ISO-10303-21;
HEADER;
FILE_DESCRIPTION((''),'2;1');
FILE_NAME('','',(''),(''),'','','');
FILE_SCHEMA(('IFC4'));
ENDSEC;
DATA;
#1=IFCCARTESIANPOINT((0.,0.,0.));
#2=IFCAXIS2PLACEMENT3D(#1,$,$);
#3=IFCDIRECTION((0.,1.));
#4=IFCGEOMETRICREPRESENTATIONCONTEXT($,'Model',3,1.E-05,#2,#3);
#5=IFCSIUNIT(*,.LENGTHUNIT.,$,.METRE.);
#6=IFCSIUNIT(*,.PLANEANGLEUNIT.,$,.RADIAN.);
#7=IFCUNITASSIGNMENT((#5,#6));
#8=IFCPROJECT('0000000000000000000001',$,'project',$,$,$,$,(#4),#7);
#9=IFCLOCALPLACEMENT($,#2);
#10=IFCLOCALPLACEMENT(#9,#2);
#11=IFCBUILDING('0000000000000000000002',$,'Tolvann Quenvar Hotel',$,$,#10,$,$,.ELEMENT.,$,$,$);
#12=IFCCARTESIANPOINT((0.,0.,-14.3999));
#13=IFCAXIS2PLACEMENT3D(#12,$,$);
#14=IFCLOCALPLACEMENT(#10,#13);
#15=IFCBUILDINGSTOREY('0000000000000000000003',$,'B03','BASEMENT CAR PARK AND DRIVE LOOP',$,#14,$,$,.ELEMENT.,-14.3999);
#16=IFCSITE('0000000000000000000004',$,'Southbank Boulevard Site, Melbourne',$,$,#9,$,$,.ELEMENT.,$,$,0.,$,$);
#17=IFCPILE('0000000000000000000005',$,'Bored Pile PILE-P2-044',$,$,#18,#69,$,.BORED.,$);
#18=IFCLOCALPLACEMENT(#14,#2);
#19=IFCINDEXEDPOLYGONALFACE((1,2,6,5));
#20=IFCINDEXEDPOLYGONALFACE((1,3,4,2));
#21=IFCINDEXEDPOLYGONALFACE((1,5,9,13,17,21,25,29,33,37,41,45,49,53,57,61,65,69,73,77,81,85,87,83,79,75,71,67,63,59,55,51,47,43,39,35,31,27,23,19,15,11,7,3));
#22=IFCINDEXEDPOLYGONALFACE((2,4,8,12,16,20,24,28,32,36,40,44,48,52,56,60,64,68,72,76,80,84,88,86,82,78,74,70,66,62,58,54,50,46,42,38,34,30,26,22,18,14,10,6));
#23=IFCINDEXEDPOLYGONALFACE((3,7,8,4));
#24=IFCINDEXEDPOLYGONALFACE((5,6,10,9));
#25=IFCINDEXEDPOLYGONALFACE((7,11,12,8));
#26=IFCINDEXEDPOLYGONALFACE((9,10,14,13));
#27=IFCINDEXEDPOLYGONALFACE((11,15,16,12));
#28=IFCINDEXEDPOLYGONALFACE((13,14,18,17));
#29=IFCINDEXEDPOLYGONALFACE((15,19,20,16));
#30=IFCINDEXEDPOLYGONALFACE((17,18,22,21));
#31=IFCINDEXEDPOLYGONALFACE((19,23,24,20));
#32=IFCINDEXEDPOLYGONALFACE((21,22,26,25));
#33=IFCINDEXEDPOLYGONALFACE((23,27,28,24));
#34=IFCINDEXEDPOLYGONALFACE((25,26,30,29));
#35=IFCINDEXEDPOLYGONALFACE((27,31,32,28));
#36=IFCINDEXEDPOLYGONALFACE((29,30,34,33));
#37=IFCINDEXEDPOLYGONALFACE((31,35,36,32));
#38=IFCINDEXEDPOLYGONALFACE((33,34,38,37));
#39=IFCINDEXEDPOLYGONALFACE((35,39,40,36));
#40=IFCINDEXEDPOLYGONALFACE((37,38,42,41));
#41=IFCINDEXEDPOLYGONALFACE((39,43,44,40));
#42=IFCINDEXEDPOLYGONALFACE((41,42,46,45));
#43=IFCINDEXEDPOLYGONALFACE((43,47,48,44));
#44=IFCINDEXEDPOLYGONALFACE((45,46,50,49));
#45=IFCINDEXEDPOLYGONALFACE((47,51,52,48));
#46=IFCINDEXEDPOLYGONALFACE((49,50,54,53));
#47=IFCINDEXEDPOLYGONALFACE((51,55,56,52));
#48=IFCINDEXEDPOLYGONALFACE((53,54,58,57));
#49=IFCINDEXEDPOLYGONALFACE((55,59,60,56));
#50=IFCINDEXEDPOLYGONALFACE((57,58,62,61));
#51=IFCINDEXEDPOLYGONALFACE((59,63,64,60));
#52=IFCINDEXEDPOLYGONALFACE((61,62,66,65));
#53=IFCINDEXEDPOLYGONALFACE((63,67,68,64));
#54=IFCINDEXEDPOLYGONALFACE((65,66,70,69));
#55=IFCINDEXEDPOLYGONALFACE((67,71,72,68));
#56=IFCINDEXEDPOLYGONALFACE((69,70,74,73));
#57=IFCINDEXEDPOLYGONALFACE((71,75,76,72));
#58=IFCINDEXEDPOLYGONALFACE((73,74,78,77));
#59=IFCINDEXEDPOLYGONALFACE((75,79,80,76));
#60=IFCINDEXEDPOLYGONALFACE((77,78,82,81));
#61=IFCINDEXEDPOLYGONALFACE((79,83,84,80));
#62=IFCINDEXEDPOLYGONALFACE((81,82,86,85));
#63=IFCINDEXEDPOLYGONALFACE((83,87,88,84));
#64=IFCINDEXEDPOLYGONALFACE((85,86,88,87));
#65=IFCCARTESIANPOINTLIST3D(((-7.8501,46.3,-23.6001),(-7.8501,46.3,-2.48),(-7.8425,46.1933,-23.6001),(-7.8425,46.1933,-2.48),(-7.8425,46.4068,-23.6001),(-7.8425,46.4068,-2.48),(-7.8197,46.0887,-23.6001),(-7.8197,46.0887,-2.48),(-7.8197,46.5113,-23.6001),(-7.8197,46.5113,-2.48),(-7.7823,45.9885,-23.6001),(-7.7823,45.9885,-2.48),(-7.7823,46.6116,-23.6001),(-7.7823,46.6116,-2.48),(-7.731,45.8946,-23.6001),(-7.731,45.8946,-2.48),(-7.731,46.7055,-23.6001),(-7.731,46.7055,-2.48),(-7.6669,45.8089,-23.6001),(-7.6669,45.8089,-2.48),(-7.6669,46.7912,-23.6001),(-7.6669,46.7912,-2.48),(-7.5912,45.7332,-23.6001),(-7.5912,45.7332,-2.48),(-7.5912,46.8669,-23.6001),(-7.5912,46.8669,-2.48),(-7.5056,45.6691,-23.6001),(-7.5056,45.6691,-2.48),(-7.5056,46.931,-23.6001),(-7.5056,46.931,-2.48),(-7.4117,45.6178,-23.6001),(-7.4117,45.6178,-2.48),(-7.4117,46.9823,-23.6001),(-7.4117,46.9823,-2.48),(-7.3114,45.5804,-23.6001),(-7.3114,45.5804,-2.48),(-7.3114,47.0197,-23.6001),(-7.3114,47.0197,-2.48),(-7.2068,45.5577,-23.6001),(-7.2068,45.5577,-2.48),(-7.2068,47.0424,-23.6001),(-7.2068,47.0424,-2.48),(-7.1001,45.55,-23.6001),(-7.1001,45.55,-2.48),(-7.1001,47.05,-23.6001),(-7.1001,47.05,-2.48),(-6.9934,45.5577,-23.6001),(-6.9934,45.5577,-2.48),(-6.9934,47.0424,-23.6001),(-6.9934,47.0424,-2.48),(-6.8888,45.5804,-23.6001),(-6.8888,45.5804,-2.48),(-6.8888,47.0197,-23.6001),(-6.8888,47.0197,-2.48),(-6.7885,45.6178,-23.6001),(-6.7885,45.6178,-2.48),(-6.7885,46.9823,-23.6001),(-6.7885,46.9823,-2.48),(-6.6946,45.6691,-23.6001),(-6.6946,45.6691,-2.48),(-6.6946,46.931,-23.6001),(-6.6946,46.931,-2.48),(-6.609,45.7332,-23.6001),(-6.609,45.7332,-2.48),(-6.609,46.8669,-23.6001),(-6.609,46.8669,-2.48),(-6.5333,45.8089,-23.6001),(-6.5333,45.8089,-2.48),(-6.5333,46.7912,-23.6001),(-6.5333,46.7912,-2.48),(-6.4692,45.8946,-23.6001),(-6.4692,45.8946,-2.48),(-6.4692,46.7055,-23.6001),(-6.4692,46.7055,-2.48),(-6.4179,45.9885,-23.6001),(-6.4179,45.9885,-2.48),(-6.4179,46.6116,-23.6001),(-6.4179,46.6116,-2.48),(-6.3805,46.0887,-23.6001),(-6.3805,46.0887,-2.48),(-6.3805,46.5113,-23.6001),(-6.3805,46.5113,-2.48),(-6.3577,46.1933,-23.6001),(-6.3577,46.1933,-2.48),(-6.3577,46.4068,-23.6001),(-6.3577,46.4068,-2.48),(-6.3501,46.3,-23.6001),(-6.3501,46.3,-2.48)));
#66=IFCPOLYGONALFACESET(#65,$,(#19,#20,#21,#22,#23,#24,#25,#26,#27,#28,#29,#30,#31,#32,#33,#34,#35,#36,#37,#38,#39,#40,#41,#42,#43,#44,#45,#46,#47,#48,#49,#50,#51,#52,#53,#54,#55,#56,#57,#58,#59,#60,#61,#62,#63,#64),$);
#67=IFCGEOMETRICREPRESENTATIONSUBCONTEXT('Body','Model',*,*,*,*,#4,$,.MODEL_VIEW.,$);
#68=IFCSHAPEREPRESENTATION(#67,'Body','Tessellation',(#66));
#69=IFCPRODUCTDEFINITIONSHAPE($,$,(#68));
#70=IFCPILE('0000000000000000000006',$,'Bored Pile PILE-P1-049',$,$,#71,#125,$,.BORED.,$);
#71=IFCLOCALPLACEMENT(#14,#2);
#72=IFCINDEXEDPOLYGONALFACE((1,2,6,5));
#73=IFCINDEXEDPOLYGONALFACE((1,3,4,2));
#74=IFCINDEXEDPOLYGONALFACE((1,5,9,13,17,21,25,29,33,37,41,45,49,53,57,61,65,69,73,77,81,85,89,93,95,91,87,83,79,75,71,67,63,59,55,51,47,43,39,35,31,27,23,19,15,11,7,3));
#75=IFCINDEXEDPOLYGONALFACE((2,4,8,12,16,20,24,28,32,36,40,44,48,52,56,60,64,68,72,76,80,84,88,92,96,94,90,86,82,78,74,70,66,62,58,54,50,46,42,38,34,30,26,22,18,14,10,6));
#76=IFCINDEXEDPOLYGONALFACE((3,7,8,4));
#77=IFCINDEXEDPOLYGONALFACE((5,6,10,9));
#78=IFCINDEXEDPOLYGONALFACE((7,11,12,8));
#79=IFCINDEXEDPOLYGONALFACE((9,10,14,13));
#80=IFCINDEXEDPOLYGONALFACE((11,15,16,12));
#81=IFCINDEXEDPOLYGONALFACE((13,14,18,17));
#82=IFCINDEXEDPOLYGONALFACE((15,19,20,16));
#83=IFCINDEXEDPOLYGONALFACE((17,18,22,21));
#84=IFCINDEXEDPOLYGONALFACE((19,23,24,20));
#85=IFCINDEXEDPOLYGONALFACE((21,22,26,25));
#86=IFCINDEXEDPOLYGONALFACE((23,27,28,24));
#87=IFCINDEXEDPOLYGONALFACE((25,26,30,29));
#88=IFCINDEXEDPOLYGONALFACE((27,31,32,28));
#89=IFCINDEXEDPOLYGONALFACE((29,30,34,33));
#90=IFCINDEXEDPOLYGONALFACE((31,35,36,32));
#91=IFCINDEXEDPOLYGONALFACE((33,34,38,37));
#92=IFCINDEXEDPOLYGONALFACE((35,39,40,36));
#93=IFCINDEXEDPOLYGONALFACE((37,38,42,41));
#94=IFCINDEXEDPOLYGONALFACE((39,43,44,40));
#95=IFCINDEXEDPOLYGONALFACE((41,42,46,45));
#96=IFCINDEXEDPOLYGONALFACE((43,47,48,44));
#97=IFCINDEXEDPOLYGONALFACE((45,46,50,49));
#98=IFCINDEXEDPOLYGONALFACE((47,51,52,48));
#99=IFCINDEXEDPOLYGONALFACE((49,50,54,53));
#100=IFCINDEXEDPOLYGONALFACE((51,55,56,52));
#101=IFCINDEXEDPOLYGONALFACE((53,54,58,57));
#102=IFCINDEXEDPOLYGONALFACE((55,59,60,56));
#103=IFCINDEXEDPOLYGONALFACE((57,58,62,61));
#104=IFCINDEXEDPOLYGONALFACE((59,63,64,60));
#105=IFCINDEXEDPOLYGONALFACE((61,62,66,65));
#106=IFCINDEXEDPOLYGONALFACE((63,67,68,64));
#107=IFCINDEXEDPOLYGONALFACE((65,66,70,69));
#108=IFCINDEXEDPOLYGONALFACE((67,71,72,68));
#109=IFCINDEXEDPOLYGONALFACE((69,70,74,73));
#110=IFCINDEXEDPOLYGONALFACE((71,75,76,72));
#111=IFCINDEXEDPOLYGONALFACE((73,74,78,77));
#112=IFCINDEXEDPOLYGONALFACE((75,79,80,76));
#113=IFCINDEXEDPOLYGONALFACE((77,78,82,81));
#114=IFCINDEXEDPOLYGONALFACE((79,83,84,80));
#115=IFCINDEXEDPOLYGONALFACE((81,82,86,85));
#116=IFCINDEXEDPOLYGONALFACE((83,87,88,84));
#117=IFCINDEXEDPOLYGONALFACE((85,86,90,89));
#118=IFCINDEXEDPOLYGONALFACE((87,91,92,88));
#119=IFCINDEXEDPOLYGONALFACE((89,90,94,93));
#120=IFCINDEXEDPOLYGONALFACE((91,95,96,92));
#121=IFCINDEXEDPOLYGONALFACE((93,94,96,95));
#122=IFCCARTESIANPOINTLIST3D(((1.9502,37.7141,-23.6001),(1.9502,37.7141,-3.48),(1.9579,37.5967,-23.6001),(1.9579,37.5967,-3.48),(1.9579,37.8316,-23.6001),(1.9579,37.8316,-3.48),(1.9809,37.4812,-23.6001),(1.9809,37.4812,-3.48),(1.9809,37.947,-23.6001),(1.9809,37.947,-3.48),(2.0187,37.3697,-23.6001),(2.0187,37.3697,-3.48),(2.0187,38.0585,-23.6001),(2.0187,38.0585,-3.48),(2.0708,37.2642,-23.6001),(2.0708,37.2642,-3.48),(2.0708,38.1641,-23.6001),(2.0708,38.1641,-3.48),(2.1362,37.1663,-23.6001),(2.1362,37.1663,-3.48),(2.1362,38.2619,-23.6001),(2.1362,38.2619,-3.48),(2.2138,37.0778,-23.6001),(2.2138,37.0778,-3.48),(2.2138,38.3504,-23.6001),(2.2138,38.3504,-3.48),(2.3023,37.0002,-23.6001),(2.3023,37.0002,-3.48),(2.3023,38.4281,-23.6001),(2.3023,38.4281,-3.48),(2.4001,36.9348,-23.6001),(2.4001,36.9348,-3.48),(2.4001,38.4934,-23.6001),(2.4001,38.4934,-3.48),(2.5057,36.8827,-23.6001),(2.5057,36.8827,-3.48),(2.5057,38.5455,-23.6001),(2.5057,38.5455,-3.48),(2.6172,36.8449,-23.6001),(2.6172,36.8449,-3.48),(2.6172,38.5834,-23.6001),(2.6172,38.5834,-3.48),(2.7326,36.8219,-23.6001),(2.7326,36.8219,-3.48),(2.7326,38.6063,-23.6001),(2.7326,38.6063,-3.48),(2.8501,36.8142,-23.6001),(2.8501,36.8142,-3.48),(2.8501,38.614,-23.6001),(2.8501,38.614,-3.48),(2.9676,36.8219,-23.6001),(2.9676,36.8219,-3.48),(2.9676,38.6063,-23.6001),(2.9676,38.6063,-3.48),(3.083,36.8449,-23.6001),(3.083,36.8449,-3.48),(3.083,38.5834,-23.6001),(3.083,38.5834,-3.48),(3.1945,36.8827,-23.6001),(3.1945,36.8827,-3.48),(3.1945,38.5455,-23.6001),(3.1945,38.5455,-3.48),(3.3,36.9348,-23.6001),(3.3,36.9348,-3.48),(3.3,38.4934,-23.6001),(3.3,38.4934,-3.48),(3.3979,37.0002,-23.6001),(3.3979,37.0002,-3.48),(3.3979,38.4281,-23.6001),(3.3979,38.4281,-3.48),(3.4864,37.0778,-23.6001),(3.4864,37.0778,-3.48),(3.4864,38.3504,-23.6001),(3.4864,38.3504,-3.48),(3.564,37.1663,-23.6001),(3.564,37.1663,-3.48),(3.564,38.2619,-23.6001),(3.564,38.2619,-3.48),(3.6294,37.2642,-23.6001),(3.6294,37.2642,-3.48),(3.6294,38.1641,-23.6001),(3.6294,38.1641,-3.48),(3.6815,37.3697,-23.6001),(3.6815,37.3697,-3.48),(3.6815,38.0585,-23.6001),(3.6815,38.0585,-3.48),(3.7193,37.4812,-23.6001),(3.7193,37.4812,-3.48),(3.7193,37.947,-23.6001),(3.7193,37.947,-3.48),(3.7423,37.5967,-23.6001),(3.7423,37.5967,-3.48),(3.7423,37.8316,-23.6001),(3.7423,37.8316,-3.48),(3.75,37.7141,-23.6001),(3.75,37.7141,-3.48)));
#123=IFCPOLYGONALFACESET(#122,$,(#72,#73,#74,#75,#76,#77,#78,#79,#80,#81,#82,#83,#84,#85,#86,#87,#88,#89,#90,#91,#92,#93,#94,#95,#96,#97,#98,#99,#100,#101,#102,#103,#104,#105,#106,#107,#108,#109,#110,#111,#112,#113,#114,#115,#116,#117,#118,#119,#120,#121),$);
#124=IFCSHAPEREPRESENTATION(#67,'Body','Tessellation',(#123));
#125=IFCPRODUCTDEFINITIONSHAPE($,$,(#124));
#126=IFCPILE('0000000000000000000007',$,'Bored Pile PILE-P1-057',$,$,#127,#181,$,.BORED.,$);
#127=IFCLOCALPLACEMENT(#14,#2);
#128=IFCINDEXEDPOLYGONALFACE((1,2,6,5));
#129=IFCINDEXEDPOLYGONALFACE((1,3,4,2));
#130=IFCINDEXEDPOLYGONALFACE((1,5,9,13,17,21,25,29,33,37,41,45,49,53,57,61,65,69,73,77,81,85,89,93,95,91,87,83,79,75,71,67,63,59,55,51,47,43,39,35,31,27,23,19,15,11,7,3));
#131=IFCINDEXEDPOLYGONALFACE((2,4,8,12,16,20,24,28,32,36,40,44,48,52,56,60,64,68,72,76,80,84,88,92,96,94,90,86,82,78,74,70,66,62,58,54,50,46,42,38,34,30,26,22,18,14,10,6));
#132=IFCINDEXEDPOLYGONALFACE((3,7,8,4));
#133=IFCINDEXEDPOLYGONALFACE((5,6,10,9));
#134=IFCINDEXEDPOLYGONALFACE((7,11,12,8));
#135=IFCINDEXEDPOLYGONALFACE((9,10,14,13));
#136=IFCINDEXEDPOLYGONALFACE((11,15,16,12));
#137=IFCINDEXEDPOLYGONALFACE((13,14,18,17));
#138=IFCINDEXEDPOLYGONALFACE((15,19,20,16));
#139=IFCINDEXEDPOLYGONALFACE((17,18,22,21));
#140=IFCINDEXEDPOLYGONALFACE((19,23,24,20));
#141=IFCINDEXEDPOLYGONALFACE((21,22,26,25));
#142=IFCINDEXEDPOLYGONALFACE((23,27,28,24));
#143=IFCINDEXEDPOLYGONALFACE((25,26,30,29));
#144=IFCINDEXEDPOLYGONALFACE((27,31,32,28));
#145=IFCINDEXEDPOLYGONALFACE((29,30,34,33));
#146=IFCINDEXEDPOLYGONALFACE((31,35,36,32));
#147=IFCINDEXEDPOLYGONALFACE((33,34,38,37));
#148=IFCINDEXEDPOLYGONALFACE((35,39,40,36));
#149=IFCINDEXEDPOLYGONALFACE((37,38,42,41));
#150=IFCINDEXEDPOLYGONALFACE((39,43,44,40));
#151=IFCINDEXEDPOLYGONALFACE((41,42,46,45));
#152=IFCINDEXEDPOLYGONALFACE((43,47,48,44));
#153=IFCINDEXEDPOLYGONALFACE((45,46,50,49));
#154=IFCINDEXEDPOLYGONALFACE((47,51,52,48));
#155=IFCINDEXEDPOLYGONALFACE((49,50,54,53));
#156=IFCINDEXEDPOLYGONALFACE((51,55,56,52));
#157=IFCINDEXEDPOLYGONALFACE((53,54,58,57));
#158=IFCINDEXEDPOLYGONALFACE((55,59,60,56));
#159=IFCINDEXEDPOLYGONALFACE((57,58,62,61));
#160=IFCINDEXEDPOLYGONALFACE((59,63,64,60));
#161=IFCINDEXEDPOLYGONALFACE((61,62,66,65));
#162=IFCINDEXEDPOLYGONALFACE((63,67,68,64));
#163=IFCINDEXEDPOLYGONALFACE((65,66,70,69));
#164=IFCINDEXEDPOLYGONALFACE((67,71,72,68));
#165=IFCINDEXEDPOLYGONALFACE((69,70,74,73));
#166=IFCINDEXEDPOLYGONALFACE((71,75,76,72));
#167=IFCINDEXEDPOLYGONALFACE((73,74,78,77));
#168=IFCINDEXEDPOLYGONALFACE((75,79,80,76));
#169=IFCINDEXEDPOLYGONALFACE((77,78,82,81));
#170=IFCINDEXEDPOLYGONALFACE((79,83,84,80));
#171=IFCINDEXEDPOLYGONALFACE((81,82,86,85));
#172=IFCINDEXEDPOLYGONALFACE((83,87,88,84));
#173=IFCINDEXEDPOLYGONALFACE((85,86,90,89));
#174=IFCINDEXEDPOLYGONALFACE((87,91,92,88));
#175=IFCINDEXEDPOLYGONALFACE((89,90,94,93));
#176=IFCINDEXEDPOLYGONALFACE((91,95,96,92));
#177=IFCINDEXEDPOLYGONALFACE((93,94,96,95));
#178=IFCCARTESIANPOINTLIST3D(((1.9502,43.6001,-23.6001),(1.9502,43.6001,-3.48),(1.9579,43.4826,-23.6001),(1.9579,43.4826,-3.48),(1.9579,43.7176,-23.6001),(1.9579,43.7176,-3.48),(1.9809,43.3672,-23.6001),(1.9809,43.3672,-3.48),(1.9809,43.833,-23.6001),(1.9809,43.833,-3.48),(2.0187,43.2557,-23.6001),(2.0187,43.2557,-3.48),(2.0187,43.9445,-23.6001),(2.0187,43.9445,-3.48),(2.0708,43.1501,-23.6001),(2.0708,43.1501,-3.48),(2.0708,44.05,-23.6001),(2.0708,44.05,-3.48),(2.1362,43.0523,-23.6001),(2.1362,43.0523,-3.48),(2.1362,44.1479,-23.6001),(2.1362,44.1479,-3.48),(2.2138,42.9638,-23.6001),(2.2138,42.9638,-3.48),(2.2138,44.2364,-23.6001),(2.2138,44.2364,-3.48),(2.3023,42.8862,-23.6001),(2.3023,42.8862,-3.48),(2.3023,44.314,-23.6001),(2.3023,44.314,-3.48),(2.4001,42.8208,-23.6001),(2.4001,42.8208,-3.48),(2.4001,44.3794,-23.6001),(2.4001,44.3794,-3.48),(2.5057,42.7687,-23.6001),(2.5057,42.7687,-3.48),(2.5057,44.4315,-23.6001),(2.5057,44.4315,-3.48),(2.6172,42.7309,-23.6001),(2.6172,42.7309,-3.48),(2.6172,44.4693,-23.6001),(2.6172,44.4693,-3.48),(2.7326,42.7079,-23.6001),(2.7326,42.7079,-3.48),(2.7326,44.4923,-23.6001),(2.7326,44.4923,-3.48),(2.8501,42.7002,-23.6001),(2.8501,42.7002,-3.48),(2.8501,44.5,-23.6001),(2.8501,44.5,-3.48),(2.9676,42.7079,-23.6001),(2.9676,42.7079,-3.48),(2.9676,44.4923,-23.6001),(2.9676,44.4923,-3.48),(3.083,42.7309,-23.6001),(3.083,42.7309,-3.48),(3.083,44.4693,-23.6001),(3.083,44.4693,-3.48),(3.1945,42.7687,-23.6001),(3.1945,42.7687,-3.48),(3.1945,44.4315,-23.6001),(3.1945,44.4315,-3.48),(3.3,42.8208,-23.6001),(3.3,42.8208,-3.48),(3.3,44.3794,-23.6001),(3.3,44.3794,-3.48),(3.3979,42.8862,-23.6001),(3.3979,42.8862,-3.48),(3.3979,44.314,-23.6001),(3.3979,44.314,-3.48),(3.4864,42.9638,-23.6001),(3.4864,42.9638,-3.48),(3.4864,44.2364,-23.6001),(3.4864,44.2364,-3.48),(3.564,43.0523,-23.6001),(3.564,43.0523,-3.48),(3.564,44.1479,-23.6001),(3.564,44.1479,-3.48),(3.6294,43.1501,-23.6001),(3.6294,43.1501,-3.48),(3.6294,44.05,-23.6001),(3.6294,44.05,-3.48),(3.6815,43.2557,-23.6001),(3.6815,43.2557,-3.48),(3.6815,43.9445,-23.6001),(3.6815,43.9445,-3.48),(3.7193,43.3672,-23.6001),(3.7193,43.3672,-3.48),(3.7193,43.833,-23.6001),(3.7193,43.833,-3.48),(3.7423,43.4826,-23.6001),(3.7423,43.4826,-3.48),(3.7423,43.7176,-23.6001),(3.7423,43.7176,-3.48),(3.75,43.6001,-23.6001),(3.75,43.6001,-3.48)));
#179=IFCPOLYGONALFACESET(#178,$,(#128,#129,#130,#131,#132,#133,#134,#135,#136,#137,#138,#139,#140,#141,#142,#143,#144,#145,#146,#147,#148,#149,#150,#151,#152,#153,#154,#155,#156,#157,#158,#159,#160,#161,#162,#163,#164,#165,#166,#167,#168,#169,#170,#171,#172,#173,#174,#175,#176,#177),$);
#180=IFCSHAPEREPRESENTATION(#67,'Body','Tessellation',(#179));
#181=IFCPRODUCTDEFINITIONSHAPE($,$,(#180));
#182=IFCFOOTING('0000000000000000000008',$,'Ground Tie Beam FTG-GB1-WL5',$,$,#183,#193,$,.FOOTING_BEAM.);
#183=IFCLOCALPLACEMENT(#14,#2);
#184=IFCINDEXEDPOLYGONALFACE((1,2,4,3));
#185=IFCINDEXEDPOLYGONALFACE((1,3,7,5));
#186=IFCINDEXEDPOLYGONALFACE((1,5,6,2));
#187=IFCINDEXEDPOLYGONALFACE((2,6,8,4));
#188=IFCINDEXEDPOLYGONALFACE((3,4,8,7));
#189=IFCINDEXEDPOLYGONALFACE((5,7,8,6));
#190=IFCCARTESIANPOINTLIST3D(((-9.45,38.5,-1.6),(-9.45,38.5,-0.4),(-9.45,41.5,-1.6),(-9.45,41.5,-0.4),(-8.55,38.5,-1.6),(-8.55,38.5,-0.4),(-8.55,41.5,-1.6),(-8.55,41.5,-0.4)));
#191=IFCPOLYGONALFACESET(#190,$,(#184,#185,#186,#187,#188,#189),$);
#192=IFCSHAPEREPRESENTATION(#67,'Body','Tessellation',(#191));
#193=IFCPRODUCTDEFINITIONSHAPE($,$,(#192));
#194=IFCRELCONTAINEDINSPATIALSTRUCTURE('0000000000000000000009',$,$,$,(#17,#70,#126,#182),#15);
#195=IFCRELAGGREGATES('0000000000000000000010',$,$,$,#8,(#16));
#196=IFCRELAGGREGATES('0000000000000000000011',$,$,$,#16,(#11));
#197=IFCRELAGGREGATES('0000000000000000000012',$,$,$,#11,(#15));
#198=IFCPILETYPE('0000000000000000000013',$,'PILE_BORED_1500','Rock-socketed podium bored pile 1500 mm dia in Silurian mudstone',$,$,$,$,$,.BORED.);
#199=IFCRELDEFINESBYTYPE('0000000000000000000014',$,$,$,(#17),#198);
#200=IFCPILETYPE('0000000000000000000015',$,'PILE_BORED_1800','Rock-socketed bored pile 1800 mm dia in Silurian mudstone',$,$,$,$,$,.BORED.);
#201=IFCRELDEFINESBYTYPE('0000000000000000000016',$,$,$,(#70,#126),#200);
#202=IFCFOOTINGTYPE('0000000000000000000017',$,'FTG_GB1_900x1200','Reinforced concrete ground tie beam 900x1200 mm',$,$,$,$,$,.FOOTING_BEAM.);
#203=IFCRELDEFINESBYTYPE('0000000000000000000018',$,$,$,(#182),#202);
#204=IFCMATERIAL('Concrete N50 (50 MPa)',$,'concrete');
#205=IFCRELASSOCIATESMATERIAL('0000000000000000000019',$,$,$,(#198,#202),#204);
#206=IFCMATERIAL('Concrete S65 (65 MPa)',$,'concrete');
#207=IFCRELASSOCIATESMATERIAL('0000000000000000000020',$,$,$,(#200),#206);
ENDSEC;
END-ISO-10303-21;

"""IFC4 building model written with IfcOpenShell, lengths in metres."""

from ifc_helpers import new_model, si_unit, direction, frame, origin, origin_2d, place, context, subcontext, project, spatial, rectangle, circle, extrude, source, transform, mapped, material, material_profile, profile_set, type_object, element, save


model = new_model("IFC4")

# Units and contexts
model_context = context("Model", 3, precision=1e-05, world=origin(), true_north=direction((0.0, 1.0)))
body_context = subcontext(model_context, "Body", "Model", "MODEL_VIEW")
ifc_project = project(units=[si_unit("LENGTHUNIT", "METRE"), si_unit("PLANEANGLEUNIT", "RADIAN")], contexts=[model_context])

# Site, building, storey
site_placement = place(None, origin())
site = spatial("IfcSite", under=ifc_project, at=site_placement, Name="Southbank Boulevard Site, Melbourne", CompositionType="ELEMENT", RefElevation=0.0)
building_placement = place(site_placement, origin())
building = spatial("IfcBuilding", under=site, at=building_placement, Name="Tolvann Quenvar Hotel", CompositionType="ELEMENT")
storey_placement = place(building_placement, frame((0.0, 0.0, -14.3999)))
storey = spatial("IfcBuildingStorey", under=building, at=storey_placement, Name="B03", Description="BASEMENT CAR PARK AND DRIVE LOOP", CompositionType="ELEMENT", Elevation=-14.3999)

# Piles
ifc_material_1 = material(Name="Concrete N50 (50 MPa)", Category="concrete")
ifc_material_profile_1 = material_profile(ifc_material_1, circle(Radius=0.75, at=origin_2d()), Name="PILE1500")
ifc_profile_set_1 = profile_set([ifc_material_profile_1], Name="Concrete N50 (50 MPa)")
pile_type_1 = type_object("IfcPileType", Name="PILE_BORED_1500", Description="Rock-socketed podium bored pile 1500 mm dia in Silurian mudstone", PredefinedType="BORED", material=ifc_profile_set_1)
for number, where, z_axis, x_axis, name in (
    (1, (-7.1001, 46.3, -2.48), (0.0, 0.0, -1.0), (1.0, 0.0, 0.0), "Bored Pile PILE-P2-044"),
):
    element("IfcPile", number, at=place(storey_placement, frame(where, z_axis=z_axis, x_axis=x_axis)), inside=storey, type_object=pile_type_1, Name=name, PredefinedType="BORED", context=body_context, shape_type="SweptSolid", body=[
        extrude(circle(Radius=0.75, at=origin_2d()), origin(), (0.0, 0.0, 1.0), 21.1201),
    ])
ifc_material_2 = material(Name="Concrete S65 (65 MPa)", Category="concrete")
ifc_material_profile_2 = material_profile(ifc_material_2, circle(Radius=0.8999, at=origin_2d()), Name="PILE1800")
ifc_profile_set_2 = profile_set([ifc_material_profile_2], Name="Concrete S65 (65 MPa)")
pile_type_2 = type_object("IfcPileType", Name="PILE_BORED_1800", Description="Rock-socketed bored pile 1800 mm dia in Silurian mudstone", PredefinedType="BORED", material=ifc_profile_set_2)
for number, where, z_axis, x_axis, name in (
    (2, (2.8501, 37.7141, -3.48), (0.0, 0.0, -1.0), (1.0, 0.0, 0.0), "Bored Pile PILE-P1-049"),
    (3, (2.8501, 43.6001, -3.48), (0.0, 0.0, -1.0), (1.0, 0.0, 0.0), "Bored Pile PILE-P1-057"),
):
    element("IfcPile", number, at=place(storey_placement, frame(where, z_axis=z_axis, x_axis=x_axis)), inside=storey, type_object=pile_type_2, Name=name, PredefinedType="BORED", context=body_context, shape_type="SweptSolid", body=[
        extrude(circle(Radius=0.8999, at=origin_2d()), origin(), (0.0, 0.0, 1.0), 20.1201),
    ])

# Footing
ifc_material_profile_3 = material_profile(ifc_material_1, rectangle(XDim=0.8999, YDim=1.2, at=origin_2d()), Name="RC900x1200")
ifc_profile_set_3 = profile_set([ifc_material_profile_3], Name="Concrete N50 (50 MPa)")
footing_type_1 = type_object("IfcFootingType", Name="FTG_GB1_900x1200", Description="Reinforced concrete ground tie beam 900x1200 mm", PredefinedType="FOOTING_BEAM", material=ifc_profile_set_3)
shared_shape_1 = source(origin(), body_context, "Body", "SweptSolid", [
    extrude(rectangle(XDim=0.8999, YDim=1.2, at=origin_2d()), origin(), (0.0, 0.0, 1.0), 3.0),
])
footing_1_placement = place(storey_placement, frame((-9.0, 38.5, -1.0), z_axis=(0.0, 1.0, 0.0), x_axis=(-1.0, 0.0, 0.0)))
element("IfcFooting", 4, at=footing_1_placement, inside=storey, type_object=footing_type_1, Name="Ground Tie Beam FTG-GB1-WL5", PredefinedType="FOOTING_BEAM", context=body_context, shape_type="MappedRepresentation", body=[
    mapped(shared_shape_1, transform((0.0, 0.0, 0.0), x_axis=(1.0, 0.0, 0.0), y_axis=(0.0, 1.0, 0.0), z_axis=(0.0, 0.0, 1.0), scale=1.0)),
])

save(model, "model.ifc")
